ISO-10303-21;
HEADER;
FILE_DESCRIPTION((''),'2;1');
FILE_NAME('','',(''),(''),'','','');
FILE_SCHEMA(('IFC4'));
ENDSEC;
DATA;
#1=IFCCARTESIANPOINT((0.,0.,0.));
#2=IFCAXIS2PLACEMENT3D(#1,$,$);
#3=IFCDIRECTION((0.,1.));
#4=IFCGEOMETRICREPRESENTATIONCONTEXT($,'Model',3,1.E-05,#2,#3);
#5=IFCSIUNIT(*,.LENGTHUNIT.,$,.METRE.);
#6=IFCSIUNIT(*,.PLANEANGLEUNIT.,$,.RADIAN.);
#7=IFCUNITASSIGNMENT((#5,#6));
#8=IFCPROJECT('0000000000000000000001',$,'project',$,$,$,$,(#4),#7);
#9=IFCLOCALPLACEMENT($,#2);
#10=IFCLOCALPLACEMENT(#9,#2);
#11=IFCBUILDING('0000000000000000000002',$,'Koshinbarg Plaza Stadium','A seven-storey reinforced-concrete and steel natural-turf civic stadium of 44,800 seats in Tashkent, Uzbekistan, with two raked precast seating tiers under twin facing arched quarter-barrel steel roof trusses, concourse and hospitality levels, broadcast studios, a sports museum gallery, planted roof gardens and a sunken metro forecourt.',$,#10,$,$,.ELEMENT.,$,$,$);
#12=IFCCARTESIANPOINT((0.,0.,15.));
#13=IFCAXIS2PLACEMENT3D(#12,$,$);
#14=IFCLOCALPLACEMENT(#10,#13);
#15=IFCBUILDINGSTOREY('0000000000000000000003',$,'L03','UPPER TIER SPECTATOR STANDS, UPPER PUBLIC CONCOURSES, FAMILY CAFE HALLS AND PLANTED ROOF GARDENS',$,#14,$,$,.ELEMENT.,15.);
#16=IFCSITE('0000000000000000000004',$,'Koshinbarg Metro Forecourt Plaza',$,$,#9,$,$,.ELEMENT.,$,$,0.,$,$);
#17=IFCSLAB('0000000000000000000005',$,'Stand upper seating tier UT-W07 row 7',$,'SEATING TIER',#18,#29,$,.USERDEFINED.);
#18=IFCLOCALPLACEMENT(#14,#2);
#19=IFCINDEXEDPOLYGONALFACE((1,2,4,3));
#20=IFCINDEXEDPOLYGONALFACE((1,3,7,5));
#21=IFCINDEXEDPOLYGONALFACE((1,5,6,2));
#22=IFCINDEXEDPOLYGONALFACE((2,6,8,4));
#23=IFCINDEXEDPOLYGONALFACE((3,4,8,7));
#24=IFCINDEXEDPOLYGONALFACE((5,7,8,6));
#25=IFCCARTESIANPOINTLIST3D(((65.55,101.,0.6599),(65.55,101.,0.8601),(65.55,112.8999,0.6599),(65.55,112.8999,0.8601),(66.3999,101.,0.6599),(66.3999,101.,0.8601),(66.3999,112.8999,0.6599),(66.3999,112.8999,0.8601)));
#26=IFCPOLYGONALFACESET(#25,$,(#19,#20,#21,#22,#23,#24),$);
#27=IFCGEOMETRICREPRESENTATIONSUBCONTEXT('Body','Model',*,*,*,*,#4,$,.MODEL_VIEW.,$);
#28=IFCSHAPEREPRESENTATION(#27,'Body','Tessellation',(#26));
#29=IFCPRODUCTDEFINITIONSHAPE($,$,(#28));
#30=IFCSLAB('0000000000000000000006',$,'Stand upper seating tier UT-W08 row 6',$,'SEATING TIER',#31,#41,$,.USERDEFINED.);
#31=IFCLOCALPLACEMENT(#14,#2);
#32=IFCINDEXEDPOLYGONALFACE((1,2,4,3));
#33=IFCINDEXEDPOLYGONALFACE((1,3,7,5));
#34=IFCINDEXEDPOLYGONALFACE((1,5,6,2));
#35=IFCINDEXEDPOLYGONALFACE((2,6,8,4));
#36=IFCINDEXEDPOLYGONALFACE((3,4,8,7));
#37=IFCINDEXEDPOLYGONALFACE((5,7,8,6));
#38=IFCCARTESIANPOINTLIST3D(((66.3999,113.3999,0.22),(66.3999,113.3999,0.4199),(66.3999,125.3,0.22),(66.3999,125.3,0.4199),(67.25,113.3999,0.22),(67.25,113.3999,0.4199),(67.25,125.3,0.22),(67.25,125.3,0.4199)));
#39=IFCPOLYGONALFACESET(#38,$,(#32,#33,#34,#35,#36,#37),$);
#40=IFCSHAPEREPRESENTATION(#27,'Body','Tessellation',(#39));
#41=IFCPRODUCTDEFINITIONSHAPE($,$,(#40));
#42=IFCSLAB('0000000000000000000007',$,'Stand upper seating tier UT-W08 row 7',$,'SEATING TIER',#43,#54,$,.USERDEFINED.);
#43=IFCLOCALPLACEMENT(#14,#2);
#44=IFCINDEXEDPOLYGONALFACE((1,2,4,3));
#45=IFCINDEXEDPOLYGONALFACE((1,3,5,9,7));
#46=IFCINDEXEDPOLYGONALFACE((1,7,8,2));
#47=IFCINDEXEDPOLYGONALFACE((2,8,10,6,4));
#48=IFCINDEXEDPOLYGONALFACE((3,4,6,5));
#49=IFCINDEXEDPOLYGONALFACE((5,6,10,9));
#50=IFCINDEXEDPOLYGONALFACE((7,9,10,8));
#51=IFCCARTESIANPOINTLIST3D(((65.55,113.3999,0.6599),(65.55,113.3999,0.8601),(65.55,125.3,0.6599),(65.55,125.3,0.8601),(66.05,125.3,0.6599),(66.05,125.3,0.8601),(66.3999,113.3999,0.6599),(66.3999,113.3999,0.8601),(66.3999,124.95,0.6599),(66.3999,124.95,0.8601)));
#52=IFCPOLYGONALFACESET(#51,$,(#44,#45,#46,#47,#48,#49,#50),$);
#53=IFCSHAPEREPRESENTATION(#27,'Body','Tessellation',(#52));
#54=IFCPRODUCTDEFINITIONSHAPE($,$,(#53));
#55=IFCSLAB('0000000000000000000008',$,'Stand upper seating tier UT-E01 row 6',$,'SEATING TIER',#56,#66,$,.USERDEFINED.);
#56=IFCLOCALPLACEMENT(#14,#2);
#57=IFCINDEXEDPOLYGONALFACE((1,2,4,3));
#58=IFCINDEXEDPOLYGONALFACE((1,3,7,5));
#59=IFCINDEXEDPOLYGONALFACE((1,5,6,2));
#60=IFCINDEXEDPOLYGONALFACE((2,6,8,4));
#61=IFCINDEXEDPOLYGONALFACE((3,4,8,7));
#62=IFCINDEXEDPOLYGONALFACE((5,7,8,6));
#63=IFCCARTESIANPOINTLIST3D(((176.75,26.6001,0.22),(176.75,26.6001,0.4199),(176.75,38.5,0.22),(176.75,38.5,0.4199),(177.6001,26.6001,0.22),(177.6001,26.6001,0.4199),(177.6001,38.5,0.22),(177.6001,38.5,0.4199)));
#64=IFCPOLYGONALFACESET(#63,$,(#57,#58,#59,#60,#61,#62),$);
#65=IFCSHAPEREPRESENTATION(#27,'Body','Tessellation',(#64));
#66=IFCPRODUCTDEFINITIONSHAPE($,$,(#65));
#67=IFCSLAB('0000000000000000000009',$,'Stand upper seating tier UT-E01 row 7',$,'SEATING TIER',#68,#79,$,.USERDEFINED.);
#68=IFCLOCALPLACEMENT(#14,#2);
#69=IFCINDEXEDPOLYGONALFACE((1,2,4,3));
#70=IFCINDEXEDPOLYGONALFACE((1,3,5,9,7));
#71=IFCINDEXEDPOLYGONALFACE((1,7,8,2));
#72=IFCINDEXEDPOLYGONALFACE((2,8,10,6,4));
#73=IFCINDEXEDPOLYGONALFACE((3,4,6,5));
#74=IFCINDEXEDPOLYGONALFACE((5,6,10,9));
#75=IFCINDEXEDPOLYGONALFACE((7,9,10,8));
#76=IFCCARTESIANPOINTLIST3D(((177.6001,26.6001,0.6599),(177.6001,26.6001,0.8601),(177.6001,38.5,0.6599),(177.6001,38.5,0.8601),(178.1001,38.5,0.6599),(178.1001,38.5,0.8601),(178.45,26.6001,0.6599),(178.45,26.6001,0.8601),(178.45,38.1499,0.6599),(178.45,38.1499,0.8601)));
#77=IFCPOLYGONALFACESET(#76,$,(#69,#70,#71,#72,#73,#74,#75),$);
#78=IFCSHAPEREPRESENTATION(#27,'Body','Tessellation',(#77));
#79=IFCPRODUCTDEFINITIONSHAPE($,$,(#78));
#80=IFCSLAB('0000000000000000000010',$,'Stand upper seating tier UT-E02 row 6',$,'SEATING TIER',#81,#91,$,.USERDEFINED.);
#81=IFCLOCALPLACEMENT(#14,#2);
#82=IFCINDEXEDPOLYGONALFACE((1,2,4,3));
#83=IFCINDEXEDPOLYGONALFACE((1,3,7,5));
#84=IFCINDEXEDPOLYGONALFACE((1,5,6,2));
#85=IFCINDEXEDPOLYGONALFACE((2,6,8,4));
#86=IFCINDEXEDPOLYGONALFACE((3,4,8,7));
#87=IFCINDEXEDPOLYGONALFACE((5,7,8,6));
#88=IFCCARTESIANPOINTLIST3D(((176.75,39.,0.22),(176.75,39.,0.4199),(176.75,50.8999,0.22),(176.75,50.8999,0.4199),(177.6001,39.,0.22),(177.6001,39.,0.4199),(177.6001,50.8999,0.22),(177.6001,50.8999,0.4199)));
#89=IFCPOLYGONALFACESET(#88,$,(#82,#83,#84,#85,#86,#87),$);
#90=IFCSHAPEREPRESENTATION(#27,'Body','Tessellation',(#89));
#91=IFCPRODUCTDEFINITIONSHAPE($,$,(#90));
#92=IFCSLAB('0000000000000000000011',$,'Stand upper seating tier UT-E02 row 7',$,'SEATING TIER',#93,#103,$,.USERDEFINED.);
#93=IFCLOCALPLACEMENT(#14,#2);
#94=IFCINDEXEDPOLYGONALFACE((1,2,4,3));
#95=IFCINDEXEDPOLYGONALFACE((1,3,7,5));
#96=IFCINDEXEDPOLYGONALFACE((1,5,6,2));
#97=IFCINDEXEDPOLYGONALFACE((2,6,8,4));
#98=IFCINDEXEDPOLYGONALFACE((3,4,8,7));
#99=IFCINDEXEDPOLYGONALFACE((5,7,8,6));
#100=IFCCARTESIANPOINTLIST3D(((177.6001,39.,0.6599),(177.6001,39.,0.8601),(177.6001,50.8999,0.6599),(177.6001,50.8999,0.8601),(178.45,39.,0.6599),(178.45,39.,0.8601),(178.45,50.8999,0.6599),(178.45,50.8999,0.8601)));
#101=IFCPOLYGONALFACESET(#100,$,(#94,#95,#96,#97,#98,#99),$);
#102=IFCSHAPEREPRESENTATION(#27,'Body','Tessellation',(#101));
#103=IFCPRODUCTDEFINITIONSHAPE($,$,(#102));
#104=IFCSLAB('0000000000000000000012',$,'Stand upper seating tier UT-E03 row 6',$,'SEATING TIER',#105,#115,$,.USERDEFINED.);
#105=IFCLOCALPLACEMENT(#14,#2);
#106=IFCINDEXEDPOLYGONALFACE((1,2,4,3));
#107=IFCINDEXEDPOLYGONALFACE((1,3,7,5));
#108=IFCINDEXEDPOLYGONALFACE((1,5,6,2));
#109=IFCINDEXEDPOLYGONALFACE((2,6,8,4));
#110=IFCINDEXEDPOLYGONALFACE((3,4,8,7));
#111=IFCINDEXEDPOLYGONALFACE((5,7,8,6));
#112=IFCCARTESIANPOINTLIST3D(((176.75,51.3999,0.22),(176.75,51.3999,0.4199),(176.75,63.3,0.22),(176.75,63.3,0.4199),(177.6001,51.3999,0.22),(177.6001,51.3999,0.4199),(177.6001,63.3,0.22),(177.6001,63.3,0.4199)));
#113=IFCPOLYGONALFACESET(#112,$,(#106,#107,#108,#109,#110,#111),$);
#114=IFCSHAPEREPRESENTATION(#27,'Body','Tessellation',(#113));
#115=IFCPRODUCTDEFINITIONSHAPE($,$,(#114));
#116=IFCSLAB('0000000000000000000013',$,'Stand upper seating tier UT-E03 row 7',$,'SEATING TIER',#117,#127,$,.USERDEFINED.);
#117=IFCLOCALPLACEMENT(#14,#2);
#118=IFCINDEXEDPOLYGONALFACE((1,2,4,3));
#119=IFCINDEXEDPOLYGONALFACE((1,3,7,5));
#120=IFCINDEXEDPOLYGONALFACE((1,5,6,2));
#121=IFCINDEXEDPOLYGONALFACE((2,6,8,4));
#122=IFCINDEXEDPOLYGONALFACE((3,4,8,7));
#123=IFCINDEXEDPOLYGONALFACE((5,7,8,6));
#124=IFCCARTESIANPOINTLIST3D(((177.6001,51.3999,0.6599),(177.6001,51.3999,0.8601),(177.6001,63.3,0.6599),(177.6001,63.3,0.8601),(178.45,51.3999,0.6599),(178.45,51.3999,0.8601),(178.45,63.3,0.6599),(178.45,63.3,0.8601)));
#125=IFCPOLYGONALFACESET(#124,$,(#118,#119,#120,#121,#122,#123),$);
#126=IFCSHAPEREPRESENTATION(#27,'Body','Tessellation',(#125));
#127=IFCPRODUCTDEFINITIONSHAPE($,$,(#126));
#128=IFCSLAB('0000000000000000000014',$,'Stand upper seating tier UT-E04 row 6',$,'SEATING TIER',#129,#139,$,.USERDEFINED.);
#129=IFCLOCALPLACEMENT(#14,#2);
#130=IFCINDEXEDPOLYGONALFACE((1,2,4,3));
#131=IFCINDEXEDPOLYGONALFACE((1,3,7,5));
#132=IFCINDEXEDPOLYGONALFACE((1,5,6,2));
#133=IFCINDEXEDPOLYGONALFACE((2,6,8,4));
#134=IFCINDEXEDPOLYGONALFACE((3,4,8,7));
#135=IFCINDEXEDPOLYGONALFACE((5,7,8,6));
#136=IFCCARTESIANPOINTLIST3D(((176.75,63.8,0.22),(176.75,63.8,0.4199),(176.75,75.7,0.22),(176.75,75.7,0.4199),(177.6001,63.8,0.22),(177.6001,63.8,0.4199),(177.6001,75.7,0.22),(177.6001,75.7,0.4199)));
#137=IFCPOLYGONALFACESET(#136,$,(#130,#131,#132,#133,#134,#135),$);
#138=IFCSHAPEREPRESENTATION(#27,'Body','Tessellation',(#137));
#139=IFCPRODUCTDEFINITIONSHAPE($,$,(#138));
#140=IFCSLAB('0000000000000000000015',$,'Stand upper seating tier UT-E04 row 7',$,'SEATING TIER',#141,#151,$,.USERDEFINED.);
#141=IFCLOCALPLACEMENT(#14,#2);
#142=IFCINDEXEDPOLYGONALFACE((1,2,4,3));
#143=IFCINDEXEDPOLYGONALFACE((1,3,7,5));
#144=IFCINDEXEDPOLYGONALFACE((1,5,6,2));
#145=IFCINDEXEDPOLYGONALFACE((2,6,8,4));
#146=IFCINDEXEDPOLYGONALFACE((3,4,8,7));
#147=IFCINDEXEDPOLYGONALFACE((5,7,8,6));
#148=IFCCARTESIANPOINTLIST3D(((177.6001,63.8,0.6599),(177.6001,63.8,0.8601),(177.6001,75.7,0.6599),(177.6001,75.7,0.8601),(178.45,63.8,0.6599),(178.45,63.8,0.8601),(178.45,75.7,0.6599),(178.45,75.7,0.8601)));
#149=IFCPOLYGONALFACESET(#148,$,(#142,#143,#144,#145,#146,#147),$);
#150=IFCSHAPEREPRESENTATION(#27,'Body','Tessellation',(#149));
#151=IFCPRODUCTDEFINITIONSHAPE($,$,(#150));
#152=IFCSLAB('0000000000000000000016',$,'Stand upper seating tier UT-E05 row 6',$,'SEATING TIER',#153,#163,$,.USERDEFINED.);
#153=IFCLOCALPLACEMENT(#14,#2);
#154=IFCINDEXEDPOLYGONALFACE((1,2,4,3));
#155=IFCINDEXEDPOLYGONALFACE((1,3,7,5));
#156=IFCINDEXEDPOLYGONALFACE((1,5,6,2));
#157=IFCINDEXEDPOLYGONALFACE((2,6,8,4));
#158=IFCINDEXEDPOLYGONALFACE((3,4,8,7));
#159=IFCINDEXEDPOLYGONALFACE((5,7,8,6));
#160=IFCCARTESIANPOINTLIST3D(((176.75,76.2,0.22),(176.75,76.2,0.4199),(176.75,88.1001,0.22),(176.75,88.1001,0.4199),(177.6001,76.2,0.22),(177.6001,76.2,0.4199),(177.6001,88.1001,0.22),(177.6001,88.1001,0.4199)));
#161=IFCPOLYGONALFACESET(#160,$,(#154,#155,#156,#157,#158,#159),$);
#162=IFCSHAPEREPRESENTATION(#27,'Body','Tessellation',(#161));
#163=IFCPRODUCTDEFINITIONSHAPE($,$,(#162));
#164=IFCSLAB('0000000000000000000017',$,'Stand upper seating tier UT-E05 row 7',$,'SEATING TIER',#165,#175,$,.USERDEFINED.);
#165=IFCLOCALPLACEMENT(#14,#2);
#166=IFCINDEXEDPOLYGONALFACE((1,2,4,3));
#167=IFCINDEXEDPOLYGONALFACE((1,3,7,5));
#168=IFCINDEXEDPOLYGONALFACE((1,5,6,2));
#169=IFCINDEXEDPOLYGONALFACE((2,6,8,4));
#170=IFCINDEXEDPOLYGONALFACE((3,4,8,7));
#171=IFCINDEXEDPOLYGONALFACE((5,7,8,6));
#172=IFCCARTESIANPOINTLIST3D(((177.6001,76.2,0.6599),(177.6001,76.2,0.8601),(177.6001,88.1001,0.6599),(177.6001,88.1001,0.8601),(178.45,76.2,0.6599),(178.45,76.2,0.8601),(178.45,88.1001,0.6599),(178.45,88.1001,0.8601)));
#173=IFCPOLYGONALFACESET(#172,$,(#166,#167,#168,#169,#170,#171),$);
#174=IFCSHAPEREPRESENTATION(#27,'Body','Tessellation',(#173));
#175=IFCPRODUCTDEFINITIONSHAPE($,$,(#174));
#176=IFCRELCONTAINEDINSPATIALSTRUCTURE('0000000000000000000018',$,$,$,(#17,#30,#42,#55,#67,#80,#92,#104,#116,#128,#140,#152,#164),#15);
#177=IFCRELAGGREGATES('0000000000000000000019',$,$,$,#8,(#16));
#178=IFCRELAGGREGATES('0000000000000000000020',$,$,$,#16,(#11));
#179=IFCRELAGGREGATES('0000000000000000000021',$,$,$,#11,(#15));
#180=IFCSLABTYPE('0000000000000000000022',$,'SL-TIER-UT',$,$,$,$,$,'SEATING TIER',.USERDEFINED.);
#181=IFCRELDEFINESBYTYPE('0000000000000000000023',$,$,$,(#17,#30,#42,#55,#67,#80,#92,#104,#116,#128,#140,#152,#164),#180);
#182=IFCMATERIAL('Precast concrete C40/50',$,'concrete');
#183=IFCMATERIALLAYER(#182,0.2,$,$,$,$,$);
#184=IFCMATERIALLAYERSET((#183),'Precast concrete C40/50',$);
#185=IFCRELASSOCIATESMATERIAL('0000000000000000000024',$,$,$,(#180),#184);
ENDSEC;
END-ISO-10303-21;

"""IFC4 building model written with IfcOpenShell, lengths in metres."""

from ifc_helpers import new_model, si_unit, direction, frame, origin, place, context, subcontext, project, spatial, polyline, outline, extrude, material, layer, layer_set, type_object, element, save


model = new_model("IFC4")

# Units and contexts
model_context = context("Model", 3, precision=1e-05, world=origin(), true_north=direction((0.0, 1.0)))
body_context = subcontext(model_context, "Body", "Model", "MODEL_VIEW")
ifc_project = project(units=[si_unit("LENGTHUNIT", "METRE"), si_unit("PLANEANGLEUNIT", "RADIAN")], contexts=[model_context])

# Site, building, storey
site_placement = place(None, origin())
site = spatial("IfcSite", under=ifc_project, at=site_placement, Name="Koshinbarg Metro Forecourt Plaza", CompositionType="ELEMENT", RefElevation=0.0)
building_placement = place(site_placement, origin())
building = spatial("IfcBuilding", under=site, at=building_placement, Name="Koshinbarg Plaza Stadium", Description="A seven-storey reinforced-concrete and steel natural-turf civic stadium of 44,800 seats in Tashkent, Uzbekistan, with two raked precast seating tiers under twin facing arched quarter-barrel steel roof trusses, concourse and hospitality levels, broadcast studios, a sports museum gallery, planted roof gardens and a sunken metro forecourt.", CompositionType="ELEMENT")
storey_placement = place(building_placement, frame((0.0, 0.0, 15.0)))
storey = spatial("IfcBuildingStorey", under=building, at=storey_placement, Name="L03", Description="UPPER TIER SPECTATOR STANDS, UPPER PUBLIC CONCOURSES, FAMILY CAFE HALLS AND PLANTED ROOF GARDENS", CompositionType="ELEMENT", Elevation=15.0)

# Slabs
ifc_material = material(Name="Precast concrete C40/50", Category="concrete")
ifc_layer = layer(ifc_material, 0.2)
ifc_layer_set = layer_set([ifc_layer], Name="Precast concrete C40/50")
slab_type = type_object("IfcSlabType", Name="SL-TIER-UT", ElementType="SEATING TIER", PredefinedType="USERDEFINED", material=ifc_layer_set)
slab_1_placement = place(storey_placement, frame((0.0, 0.0, 0.6599)))
element("IfcSlab", 1, at=slab_1_placement, inside=storey, type_object=slab_type, Name="Stand upper seating tier UT-W07 row 7", ObjectType="SEATING TIER", PredefinedType="USERDEFINED", context=body_context, shape_type="SweptSolid", body=[
    extrude(outline(polyline([(65.55, 101.0), (66.3999, 101.0), (66.3999, 112.8999), (65.55, 112.8999), (65.55, 101.0)])), origin(), (0.0, 0.0, 1.0), 0.2002),
])
slab_2_placement = place(storey_placement, frame((0.0, 0.0, 0.22)))
element("IfcSlab", 2, at=slab_2_placement, inside=storey, type_object=slab_type, Name="Stand upper seating tier UT-W08 row 6", ObjectType="SEATING TIER", PredefinedType="USERDEFINED", context=body_context, shape_type="SweptSolid", body=[
    extrude(outline(polyline([(66.3999, 113.3999), (67.25, 113.3999), (67.25, 125.3), (66.3999, 125.3), (66.3999, 113.3999)])), origin(), (0.0, 0.0, 1.0), 0.2),
])
slab_3_placement = place(storey_placement, frame((0.0, 0.0, 0.6599)))
element("IfcSlab", 3, at=slab_3_placement, inside=storey, type_object=slab_type, Name="Stand upper seating tier UT-W08 row 7", ObjectType="SEATING TIER", PredefinedType="USERDEFINED", context=body_context, shape_type="SweptSolid", body=[
    extrude(outline(polyline([(65.55, 113.3999), (66.3999, 113.3999), (66.3999, 124.95), (66.05, 125.3), (65.55, 125.3), (65.55, 113.3999)])), origin(), (0.0, 0.0, 1.0), 0.2002),
])
slab_4_placement = place(storey_placement, frame((0.0, 0.0, 0.22)))
element("IfcSlab", 4, at=slab_4_placement, inside=storey, type_object=slab_type, Name="Stand upper seating tier UT-E01 row 6", ObjectType="SEATING TIER", PredefinedType="USERDEFINED", context=body_context, shape_type="SweptSolid", body=[
    extrude(outline(polyline([(176.75, 26.6001), (177.6001, 26.6001), (177.6001, 38.5), (176.75, 38.5), (176.75, 26.6001)])), origin(), (0.0, 0.0, 1.0), 0.2),
])
slab_5_placement = place(storey_placement, frame((0.0, 0.0, 0.6599)))
element("IfcSlab", 5, at=slab_5_placement, inside=storey, type_object=slab_type, Name="Stand upper seating tier UT-E01 row 7", ObjectType="SEATING TIER", PredefinedType="USERDEFINED", context=body_context, shape_type="SweptSolid", body=[
    extrude(outline(polyline([(177.6001, 26.6001), (178.45, 26.6001), (178.45, 38.1499), (178.1001, 38.5), (177.6001, 38.5), (177.6001, 26.6001)])), origin(), (0.0, 0.0, 1.0), 0.2002),
])
slab_6_placement = place(storey_placement, frame((0.0, 0.0, 0.22)))
element("IfcSlab", 6, at=slab_6_placement, inside=storey, type_object=slab_type, Name="Stand upper seating tier UT-E02 row 6", ObjectType="SEATING TIER", PredefinedType="USERDEFINED", context=body_context, shape_type="SweptSolid", body=[
    extrude(outline(polyline([(176.75, 39.0), (177.6001, 39.0), (177.6001, 50.8999), (176.75, 50.8999), (176.75, 39.0)])), origin(), (0.0, 0.0, 1.0), 0.2),
])
slab_7_placement = place(storey_placement, frame((0.0, 0.0, 0.6599)))
element("IfcSlab", 7, at=slab_7_placement, inside=storey, type_object=slab_type, Name="Stand upper seating tier UT-E02 row 7", ObjectType="SEATING TIER", PredefinedType="USERDEFINED", context=body_context, shape_type="SweptSolid", body=[
    extrude(outline(polyline([(177.6001, 39.0), (178.45, 39.0), (178.45, 50.8999), (177.6001, 50.8999), (177.6001, 39.0)])), origin(), (0.0, 0.0, 1.0), 0.2002),
])
slab_8_placement = place(storey_placement, frame((0.0, 0.0, 0.22)))
element("IfcSlab", 8, at=slab_8_placement, inside=storey, type_object=slab_type, Name="Stand upper seating tier UT-E03 row 6", ObjectType="SEATING TIER", PredefinedType="USERDEFINED", context=body_context, shape_type="SweptSolid", body=[
    extrude(outline(polyline([(176.75, 51.3999), (177.6001, 51.3999), (177.6001, 63.3), (176.75, 63.3), (176.75, 51.3999)])), origin(), (0.0, 0.0, 1.0), 0.2),
])
slab_9_placement = place(storey_placement, frame((0.0, 0.0, 0.6599)))
element("IfcSlab", 9, at=slab_9_placement, inside=storey, type_object=slab_type, Name="Stand upper seating tier UT-E03 row 7", ObjectType="SEATING TIER", PredefinedType="USERDEFINED", context=body_context, shape_type="SweptSolid", body=[
    extrude(outline(polyline([(177.6001, 51.3999), (178.45, 51.3999), (178.45, 63.3), (177.6001, 63.3), (177.6001, 51.3999)])), origin(), (0.0, 0.0, 1.0), 0.2002),
])
slab_10_placement = place(storey_placement, frame((0.0, 0.0, 0.22)))
element("IfcSlab", 10, at=slab_10_placement, inside=storey, type_object=slab_type, Name="Stand upper seating tier UT-E04 row 6", ObjectType="SEATING TIER", PredefinedType="USERDEFINED", context=body_context, shape_type="SweptSolid", body=[
    extrude(outline(polyline([(176.75, 63.8), (177.6001, 63.8), (177.6001, 75.7), (176.75, 75.7), (176.75, 63.8)])), origin(), (0.0, 0.0, 1.0), 0.2),
])
slab_11_placement = place(storey_placement, frame((0.0, 0.0, 0.6599)))
element("IfcSlab", 11, at=slab_11_placement, inside=storey, type_object=slab_type, Name="Stand upper seating tier UT-E04 row 7", ObjectType="SEATING TIER", PredefinedType="USERDEFINED", context=body_context, shape_type="SweptSolid", body=[
    extrude(outline(polyline([(177.6001, 63.8), (178.45, 63.8), (178.45, 75.7), (177.6001, 75.7), (177.6001, 63.8)])), origin(), (0.0, 0.0, 1.0), 0.2002),
])
slab_12_placement = place(storey_placement, frame((0.0, 0.0, 0.22)))
element("IfcSlab", 12, at=slab_12_placement, inside=storey, type_object=slab_type, Name="Stand upper seating tier UT-E05 row 6", ObjectType="SEATING TIER", PredefinedType="USERDEFINED", context=body_context, shape_type="SweptSolid", body=[
    extrude(outline(polyline([(176.75, 76.2), (177.6001, 76.2), (177.6001, 88.1001), (176.75, 88.1001), (176.75, 76.2)])), origin(), (0.0, 0.0, 1.0), 0.2),
])
slab_13_placement = place(storey_placement, frame((0.0, 0.0, 0.6599)))
element("IfcSlab", 13, at=slab_13_placement, inside=storey, type_object=slab_type, Name="Stand upper seating tier UT-E05 row 7", ObjectType="SEATING TIER", PredefinedType="USERDEFINED", context=body_context, shape_type="SweptSolid", body=[
    extrude(outline(polyline([(177.6001, 76.2), (178.45, 76.2), (178.45, 88.1001), (177.6001, 88.1001), (177.6001, 76.2)])), origin(), (0.0, 0.0, 1.0), 0.2002),
])

save(model, "model.ifc")
